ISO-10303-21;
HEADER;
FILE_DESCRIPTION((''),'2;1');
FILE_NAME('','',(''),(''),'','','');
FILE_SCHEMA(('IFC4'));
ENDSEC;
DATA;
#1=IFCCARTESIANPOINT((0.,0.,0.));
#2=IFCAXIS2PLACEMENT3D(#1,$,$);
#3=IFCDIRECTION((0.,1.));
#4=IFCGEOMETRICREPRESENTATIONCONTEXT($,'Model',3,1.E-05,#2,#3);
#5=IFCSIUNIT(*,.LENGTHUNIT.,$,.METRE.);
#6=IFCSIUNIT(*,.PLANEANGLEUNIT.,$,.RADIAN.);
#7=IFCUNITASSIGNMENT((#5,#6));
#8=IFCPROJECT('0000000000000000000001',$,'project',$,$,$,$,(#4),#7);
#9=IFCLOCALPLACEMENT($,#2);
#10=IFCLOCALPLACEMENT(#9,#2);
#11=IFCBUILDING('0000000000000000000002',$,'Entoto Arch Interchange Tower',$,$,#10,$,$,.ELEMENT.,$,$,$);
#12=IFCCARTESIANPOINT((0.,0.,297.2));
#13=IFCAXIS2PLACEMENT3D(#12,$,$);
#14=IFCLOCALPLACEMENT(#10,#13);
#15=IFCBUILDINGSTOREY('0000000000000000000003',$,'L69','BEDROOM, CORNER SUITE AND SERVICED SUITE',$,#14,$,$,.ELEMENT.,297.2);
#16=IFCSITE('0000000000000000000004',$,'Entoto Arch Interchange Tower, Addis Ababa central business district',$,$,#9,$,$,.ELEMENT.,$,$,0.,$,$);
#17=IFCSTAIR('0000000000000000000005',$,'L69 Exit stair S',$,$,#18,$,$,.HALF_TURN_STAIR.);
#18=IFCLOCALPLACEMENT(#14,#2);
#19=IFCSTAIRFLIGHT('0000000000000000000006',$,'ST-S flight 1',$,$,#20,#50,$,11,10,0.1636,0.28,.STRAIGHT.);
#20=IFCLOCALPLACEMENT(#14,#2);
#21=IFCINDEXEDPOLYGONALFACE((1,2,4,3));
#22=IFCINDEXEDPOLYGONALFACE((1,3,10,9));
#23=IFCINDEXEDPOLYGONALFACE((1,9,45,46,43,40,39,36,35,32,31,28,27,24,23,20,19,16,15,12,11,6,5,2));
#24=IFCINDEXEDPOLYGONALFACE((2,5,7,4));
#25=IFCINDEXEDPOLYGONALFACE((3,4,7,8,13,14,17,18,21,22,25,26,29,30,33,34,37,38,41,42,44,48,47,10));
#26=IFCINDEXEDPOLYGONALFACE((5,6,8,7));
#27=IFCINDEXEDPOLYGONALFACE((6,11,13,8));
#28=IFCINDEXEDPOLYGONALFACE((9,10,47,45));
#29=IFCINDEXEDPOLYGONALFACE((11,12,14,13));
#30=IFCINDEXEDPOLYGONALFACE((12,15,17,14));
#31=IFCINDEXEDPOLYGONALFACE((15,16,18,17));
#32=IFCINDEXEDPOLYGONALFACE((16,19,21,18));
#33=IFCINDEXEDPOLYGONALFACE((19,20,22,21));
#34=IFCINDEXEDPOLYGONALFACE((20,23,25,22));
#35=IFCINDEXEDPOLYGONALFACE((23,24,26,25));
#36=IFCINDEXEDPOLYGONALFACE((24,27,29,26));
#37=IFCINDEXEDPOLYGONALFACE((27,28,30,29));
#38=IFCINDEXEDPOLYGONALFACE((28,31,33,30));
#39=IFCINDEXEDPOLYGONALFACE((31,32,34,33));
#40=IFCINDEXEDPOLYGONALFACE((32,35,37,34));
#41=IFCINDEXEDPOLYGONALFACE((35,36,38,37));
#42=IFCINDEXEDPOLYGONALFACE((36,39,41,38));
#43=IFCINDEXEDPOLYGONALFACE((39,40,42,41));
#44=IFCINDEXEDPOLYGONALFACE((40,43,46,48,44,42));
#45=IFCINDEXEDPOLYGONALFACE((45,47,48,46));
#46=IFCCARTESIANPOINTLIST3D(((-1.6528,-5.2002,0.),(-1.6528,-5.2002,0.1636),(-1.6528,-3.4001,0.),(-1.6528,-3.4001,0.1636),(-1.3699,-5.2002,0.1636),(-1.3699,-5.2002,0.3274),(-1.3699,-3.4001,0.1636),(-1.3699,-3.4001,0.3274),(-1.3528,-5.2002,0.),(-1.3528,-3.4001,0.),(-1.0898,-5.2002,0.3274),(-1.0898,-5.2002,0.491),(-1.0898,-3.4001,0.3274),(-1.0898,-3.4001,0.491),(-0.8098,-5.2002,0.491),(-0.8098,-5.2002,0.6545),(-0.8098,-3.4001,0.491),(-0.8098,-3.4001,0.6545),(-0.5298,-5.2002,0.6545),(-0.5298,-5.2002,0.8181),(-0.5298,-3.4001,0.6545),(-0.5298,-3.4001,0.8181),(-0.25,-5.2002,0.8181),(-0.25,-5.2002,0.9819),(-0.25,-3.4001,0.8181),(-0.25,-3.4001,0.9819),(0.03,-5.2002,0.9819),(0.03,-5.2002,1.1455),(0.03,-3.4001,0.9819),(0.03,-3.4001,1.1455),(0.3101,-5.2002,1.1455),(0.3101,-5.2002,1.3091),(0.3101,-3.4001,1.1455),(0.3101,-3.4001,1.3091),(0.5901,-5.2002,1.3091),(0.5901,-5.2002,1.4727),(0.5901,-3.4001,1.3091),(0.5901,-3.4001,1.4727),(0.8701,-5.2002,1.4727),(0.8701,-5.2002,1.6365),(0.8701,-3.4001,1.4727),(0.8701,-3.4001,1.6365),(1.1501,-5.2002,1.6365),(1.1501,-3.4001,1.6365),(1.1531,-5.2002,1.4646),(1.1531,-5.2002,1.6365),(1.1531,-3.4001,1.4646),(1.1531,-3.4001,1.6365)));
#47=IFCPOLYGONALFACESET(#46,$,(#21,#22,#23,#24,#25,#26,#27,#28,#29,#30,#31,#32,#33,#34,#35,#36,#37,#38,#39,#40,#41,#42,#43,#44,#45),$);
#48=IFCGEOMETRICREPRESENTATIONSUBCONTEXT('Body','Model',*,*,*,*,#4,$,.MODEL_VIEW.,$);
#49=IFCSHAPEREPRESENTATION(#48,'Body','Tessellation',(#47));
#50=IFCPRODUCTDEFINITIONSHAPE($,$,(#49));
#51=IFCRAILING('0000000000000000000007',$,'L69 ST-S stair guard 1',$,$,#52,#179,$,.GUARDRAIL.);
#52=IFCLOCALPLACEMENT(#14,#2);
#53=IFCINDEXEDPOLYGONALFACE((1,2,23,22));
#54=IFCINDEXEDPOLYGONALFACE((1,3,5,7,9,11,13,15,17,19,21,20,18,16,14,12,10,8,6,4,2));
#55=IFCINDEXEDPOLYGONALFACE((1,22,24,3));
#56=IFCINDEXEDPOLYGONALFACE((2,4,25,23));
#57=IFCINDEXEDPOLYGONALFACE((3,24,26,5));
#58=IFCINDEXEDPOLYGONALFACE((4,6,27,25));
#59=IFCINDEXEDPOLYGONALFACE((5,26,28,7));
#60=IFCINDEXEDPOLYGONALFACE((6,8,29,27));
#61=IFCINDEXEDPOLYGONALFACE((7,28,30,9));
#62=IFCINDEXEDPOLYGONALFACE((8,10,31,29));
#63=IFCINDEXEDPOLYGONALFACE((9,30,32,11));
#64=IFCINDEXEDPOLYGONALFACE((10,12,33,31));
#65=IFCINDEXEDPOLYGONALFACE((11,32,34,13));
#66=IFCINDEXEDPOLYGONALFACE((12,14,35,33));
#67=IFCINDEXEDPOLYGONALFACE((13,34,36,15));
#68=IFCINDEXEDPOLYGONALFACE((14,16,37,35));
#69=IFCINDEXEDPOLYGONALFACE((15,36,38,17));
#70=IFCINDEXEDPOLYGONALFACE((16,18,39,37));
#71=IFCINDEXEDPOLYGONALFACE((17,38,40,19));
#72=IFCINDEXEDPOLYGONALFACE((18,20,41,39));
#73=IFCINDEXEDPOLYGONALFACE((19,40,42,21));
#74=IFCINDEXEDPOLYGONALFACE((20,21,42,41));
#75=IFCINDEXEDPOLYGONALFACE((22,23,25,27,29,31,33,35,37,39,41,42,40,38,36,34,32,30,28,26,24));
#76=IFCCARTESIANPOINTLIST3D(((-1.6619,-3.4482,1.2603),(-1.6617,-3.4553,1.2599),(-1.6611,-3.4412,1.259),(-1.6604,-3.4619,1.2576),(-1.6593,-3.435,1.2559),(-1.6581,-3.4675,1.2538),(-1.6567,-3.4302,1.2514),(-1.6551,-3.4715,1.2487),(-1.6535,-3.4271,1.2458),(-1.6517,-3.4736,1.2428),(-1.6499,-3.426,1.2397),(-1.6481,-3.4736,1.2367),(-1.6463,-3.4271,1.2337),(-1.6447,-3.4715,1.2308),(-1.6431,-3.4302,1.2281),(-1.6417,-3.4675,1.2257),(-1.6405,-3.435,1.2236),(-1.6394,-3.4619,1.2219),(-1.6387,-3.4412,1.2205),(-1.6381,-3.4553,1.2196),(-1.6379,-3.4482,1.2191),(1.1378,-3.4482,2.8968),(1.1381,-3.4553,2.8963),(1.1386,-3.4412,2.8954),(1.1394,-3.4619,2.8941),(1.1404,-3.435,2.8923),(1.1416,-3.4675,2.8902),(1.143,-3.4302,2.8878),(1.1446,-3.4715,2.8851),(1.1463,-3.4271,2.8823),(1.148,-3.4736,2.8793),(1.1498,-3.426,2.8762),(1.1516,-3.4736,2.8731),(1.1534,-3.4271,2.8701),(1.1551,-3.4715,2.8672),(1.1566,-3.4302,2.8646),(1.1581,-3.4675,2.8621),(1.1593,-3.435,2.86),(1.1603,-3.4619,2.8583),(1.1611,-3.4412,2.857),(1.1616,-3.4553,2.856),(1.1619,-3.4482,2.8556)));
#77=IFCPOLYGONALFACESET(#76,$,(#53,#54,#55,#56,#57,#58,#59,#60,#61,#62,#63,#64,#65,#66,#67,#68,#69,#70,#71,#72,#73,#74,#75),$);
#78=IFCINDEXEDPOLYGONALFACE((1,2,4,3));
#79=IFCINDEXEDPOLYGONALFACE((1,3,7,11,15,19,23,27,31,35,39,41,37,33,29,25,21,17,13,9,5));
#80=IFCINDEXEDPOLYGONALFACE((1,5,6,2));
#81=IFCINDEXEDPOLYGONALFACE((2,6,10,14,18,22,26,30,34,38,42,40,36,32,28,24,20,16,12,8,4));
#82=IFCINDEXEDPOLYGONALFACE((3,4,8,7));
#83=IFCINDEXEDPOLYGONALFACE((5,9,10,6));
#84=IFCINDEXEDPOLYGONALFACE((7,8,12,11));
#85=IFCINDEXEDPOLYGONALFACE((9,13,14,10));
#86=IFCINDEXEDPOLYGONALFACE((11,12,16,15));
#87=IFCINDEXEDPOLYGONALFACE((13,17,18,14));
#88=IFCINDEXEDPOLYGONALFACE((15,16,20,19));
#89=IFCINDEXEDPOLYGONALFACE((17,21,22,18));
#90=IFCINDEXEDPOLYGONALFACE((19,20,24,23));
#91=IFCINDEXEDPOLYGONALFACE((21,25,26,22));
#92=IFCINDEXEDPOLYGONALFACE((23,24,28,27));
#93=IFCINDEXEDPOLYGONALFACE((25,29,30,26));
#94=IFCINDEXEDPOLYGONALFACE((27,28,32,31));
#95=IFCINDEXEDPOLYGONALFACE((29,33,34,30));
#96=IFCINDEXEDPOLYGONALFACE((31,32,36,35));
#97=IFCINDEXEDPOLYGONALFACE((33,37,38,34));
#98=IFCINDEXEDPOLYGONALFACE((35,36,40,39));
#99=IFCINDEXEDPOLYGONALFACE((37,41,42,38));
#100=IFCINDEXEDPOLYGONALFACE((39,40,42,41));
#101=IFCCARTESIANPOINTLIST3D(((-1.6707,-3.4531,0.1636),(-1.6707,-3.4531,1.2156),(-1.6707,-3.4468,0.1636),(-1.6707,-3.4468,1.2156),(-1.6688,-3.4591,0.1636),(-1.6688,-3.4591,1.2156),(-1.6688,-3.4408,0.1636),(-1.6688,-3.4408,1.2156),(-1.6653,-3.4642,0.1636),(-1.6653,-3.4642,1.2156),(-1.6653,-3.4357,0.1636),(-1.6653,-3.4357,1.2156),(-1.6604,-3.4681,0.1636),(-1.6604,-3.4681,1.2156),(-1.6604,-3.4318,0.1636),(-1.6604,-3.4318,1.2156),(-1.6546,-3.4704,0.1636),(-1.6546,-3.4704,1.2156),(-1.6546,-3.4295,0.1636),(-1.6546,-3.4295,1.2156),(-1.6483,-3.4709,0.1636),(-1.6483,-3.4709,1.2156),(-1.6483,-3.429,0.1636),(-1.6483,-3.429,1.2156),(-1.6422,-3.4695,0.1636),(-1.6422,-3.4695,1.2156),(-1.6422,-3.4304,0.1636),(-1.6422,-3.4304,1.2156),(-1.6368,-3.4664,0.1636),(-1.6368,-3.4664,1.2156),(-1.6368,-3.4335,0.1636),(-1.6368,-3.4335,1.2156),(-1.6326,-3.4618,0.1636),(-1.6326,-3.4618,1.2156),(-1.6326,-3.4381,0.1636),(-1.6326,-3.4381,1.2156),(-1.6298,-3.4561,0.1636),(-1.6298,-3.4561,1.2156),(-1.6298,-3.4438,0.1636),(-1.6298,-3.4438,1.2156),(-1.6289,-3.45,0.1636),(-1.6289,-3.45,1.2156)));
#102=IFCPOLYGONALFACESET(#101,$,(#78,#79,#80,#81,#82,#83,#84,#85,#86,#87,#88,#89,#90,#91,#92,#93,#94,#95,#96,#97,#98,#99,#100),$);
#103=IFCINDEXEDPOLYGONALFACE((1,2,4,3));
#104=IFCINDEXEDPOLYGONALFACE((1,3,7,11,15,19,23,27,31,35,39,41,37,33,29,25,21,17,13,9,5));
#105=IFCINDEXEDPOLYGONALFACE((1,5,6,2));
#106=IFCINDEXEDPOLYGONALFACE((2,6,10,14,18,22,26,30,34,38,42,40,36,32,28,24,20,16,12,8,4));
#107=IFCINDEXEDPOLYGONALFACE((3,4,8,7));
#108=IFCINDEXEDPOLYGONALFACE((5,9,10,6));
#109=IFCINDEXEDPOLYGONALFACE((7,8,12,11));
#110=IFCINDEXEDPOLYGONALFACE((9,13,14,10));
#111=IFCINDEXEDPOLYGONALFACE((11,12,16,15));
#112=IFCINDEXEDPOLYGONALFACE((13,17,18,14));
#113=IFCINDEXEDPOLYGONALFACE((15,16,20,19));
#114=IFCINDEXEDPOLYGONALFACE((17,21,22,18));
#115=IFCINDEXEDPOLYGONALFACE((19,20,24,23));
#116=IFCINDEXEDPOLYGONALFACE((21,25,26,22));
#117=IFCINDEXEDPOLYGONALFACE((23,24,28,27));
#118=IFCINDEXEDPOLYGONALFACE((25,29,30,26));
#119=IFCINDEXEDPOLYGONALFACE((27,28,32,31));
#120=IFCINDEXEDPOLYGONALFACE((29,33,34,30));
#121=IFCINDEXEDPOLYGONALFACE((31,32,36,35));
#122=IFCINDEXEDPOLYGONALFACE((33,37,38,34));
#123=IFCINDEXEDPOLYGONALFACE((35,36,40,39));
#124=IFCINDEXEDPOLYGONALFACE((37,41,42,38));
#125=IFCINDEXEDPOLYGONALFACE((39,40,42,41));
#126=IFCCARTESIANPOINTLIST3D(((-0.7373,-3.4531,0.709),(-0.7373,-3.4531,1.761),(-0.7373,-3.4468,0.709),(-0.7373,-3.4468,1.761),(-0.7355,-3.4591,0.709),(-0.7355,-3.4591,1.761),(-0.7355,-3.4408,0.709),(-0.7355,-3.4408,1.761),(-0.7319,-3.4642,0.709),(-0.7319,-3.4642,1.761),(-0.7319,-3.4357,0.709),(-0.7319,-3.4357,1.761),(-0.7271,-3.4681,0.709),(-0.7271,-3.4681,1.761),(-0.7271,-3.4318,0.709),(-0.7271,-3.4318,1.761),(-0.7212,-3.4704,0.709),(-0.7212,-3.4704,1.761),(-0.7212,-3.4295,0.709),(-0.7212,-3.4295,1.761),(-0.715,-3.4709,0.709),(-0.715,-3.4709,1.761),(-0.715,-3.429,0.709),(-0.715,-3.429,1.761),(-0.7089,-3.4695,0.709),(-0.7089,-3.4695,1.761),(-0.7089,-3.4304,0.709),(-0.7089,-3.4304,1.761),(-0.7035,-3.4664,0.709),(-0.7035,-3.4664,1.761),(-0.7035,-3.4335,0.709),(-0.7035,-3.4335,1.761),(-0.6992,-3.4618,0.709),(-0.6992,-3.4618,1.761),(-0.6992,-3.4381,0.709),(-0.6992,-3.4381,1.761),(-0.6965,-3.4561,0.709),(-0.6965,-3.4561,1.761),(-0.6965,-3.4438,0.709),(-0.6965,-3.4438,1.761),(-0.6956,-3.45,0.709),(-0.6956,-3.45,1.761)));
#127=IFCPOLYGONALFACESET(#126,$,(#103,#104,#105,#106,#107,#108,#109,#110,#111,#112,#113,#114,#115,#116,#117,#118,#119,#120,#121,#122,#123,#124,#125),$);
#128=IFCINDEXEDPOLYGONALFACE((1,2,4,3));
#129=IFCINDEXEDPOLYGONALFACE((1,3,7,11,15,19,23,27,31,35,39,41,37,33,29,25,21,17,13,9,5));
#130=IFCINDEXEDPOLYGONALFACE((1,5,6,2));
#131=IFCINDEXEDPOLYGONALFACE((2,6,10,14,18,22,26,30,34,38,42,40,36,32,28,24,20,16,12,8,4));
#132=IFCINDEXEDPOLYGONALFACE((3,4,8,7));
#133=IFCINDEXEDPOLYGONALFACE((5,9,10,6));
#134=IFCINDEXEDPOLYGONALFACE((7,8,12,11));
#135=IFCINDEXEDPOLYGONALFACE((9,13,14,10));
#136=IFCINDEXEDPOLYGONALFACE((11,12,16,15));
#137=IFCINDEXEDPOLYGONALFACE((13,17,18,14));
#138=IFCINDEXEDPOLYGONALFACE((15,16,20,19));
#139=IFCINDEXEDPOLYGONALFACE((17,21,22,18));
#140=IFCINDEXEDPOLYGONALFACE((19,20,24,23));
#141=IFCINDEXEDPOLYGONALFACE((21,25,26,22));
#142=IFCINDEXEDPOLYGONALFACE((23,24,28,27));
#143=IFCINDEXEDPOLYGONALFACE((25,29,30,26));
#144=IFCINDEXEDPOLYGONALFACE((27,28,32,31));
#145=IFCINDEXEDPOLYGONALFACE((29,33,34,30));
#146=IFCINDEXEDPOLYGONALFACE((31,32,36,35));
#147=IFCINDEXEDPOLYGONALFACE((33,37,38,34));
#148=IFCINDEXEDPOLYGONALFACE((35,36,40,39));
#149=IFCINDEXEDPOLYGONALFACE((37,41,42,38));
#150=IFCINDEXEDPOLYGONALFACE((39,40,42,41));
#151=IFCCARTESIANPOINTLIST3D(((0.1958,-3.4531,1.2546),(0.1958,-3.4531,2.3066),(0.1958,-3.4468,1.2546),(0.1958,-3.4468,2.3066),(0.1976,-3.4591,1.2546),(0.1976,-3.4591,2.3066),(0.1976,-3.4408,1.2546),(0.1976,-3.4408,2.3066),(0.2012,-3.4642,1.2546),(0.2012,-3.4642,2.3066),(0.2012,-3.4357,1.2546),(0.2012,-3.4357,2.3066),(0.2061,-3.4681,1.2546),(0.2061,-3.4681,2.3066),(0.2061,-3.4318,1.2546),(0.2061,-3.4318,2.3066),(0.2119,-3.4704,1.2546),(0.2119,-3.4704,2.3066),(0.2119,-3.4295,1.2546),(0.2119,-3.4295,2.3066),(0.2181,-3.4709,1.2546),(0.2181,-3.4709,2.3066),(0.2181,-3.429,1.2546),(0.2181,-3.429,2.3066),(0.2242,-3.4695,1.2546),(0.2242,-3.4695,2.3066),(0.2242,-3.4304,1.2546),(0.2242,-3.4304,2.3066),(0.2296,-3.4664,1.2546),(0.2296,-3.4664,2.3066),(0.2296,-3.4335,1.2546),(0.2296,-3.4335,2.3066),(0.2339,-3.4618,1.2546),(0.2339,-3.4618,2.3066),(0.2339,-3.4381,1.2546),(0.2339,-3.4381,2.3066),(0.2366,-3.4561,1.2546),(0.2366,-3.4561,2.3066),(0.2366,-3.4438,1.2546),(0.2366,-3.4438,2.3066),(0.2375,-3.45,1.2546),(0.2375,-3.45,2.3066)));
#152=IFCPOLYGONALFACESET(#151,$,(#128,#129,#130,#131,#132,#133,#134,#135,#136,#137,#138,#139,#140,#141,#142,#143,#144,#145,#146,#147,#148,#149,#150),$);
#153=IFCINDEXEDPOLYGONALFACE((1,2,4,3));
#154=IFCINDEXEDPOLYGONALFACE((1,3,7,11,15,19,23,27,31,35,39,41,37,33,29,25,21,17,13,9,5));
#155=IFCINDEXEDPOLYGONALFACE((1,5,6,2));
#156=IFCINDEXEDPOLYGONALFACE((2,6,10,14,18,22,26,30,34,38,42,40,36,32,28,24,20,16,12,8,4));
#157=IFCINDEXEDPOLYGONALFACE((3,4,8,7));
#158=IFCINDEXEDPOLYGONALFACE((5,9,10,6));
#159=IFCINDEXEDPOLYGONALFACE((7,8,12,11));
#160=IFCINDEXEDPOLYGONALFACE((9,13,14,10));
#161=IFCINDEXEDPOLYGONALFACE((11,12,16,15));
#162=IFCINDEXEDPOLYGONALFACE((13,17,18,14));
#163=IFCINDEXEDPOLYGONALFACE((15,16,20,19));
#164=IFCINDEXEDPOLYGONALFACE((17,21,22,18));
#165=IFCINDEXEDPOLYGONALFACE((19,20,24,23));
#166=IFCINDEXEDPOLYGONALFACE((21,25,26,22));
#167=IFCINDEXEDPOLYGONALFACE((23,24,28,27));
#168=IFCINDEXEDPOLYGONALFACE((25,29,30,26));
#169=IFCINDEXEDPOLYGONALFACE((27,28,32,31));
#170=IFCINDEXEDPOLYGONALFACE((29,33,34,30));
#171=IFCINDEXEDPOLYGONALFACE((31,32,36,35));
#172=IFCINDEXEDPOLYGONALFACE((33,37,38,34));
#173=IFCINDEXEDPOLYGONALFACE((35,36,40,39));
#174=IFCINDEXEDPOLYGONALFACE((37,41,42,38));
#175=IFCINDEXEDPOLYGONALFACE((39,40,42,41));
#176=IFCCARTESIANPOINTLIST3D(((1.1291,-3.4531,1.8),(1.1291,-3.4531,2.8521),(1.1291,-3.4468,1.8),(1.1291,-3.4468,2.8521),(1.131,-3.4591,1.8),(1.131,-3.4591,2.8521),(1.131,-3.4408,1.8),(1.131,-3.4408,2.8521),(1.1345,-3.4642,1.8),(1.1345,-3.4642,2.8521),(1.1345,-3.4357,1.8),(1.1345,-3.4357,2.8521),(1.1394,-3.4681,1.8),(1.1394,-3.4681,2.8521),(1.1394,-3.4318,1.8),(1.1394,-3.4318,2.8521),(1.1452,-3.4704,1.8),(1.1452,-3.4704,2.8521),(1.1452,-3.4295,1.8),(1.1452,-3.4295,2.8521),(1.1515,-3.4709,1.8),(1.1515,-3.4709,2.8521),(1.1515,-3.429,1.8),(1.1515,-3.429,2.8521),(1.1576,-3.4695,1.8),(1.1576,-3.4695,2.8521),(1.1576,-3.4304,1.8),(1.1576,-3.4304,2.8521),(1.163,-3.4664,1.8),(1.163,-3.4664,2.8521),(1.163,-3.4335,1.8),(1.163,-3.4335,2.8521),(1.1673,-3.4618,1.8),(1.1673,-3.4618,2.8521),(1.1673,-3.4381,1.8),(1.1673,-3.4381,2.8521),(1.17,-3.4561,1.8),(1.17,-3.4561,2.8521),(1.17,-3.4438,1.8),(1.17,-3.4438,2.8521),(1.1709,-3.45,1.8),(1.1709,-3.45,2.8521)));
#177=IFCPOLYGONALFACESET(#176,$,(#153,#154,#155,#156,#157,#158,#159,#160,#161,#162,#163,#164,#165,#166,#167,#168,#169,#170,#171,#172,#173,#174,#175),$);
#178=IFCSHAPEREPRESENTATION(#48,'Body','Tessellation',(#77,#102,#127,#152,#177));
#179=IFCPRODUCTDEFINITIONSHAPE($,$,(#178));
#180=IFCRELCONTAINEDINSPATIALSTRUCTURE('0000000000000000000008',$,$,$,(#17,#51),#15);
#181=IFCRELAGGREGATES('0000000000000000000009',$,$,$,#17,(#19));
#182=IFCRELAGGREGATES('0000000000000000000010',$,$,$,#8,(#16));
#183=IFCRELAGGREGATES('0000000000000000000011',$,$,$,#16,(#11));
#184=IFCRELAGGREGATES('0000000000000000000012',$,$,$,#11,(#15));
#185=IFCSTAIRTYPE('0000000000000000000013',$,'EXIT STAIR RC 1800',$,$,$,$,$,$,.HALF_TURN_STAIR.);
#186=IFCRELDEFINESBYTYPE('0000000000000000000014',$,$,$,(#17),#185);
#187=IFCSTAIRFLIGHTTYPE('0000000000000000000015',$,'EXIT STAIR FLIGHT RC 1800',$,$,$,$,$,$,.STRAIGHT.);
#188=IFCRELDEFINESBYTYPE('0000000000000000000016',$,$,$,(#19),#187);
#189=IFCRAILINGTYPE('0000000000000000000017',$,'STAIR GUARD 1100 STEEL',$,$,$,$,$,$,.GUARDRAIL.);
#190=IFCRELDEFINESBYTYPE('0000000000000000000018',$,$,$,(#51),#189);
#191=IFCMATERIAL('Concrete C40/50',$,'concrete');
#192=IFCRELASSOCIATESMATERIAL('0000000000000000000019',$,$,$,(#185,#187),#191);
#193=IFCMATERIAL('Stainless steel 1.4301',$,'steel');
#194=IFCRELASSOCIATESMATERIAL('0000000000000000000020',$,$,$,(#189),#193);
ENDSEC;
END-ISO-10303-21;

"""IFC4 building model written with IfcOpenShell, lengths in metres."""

from ifc_helpers import new_model, si_unit, direction, frame, origin, origin_2d, place, context, subcontext, project, spatial, polyline, circle, outline, extrude, material, type_object, element, aggregate, save


model = new_model("IFC4")

# Units and contexts
model_context = context("Model", 3, precision=1e-05, world=origin(), true_north=direction((0.0, 1.0)))
body_context = subcontext(model_context, "Body", "Model", "MODEL_VIEW")
ifc_project = project(units=[si_unit("LENGTHUNIT", "METRE"), si_unit("PLANEANGLEUNIT", "RADIAN")], contexts=[model_context])

# Site, building, storey
site_placement = place(None, origin())
site = spatial("IfcSite", under=ifc_project, at=site_placement, Name="Entoto Arch Interchange Tower, Addis Ababa central business district", CompositionType="ELEMENT", RefElevation=0.0)
building_placement = place(site_placement, origin())
building = spatial("IfcBuilding", under=site, at=building_placement, Name="Entoto Arch Interchange Tower", CompositionType="ELEMENT")
storey_placement = place(building_placement, frame((0.0, 0.0, 297.2)))
storey = spatial("IfcBuildingStorey", under=building, at=storey_placement, Name="L69", Description="BEDROOM, CORNER SUITE AND SERVICED SUITE", CompositionType="ELEMENT", Elevation=297.2)

# Shared definitions
ifc_material_1 = material(Name="Concrete C40/50", Category="concrete")

# Stair, stair flight
stair_type = type_object("IfcStairType", Name="EXIT STAIR RC 1800", PredefinedType="HALF_TURN_STAIR", material=ifc_material_1)
stair_placement = place(storey_placement, origin())
stair = element("IfcStair", 1, at=stair_placement, inside=storey, type_object=stair_type, Name="L69 Exit stair S", PredefinedType="HALF_TURN_STAIR")
stair_flight_type = type_object("IfcStairFlightType", Name="EXIT STAIR FLIGHT RC 1800", PredefinedType="STRAIGHT", material=ifc_material_1)
stair_flight_placement = place(storey_placement, frame((-1.6499, -4.3, 0.0), z_axis=(0.0, 0.0, 1.0), x_axis=(1.0, 0.0, 0.0)))
stair_flight = element("IfcStairFlight", 2, at=stair_flight_placement, type_object=stair_flight_type, Name="ST-S flight 1", NumberOfRisers=11, NumberOfTreads=10, PredefinedType="STRAIGHT", RiserHeight=0.1636, TreadLength=0.28, context=body_context, shape_type="SweptSolid", body=[
    extrude(outline(polyline([(-0.0029, 0.0), (-0.0029, 0.1636), (0.28, 0.1636), (0.28, 0.3274), (0.5601, 0.3274), (0.5601, 0.491), (0.8401, 0.491), (0.8401, 0.6545), (1.1201, 0.6545), (1.1201, 0.8181), (1.3999, 0.8181), (1.3999, 0.9819), (1.6799, 0.9819), (1.6799, 1.1455), (1.96, 1.1455), (1.96, 1.3091), (2.24, 1.3091), (2.24, 1.4727), (2.52, 1.4727), (2.52, 1.6365), (2.8, 1.6365), (2.803, 1.6365), (2.803, 1.4646), (0.2971, 0.0), (-0.0029, 0.0)])), frame((0.0, 0.8999, 0.0), z_axis=(0.0, -1.0, 0.0), x_axis=(1.0, 0.0, 0.0)), (0.0, 0.0, 1.0), 1.8),
])
aggregate(stair, [stair_flight])

# Railing
ifc_material_2 = material(Name="Stainless steel 1.4301", Category="steel")
railing_type_1 = type_object("IfcRailingType", Name="STAIR GUARD 1100 STEEL", PredefinedType="GUARDRAIL", material=ifc_material_2)
railing_1_placement = place(storey_placement, frame((-1.6499, -3.45, 0.1636)))
element("IfcRailing", 3, at=railing_1_placement, inside=storey, type_object=railing_type_1, Name="L69 ST-S stair guard 1", PredefinedType="GUARDRAIL", context=body_context, shape_type="SweptSolid", body=[
    extrude(circle(Radius=0.0239, at=origin_2d()), frame((0.0, 0.0, 1.0762), z_axis=(0.863342, 0.0, 0.50462), x_axis=(0.0, 1.0, 0.0)), (0.0, 0.0, 1.0), 3.2429),
    extrude(circle(Radius=0.021, at=origin_2d()), origin(), (0.0, 0.0, 1.0), 1.052),
    extrude(circle(Radius=0.021, at=origin_2d()), frame((0.9333, 0.0, 0.5454)), (0.0, 0.0, 1.0), 1.052),
    extrude(circle(Radius=0.021, at=origin_2d()), frame((1.8665, 0.0, 1.0911)), (0.0, 0.0, 1.0), 1.052),
    extrude(circle(Radius=0.021, at=origin_2d()), frame((2.7998, 0.0, 1.6365)), (0.0, 0.0, 1.0), 1.052),
])

save(model, "model.ifc")
